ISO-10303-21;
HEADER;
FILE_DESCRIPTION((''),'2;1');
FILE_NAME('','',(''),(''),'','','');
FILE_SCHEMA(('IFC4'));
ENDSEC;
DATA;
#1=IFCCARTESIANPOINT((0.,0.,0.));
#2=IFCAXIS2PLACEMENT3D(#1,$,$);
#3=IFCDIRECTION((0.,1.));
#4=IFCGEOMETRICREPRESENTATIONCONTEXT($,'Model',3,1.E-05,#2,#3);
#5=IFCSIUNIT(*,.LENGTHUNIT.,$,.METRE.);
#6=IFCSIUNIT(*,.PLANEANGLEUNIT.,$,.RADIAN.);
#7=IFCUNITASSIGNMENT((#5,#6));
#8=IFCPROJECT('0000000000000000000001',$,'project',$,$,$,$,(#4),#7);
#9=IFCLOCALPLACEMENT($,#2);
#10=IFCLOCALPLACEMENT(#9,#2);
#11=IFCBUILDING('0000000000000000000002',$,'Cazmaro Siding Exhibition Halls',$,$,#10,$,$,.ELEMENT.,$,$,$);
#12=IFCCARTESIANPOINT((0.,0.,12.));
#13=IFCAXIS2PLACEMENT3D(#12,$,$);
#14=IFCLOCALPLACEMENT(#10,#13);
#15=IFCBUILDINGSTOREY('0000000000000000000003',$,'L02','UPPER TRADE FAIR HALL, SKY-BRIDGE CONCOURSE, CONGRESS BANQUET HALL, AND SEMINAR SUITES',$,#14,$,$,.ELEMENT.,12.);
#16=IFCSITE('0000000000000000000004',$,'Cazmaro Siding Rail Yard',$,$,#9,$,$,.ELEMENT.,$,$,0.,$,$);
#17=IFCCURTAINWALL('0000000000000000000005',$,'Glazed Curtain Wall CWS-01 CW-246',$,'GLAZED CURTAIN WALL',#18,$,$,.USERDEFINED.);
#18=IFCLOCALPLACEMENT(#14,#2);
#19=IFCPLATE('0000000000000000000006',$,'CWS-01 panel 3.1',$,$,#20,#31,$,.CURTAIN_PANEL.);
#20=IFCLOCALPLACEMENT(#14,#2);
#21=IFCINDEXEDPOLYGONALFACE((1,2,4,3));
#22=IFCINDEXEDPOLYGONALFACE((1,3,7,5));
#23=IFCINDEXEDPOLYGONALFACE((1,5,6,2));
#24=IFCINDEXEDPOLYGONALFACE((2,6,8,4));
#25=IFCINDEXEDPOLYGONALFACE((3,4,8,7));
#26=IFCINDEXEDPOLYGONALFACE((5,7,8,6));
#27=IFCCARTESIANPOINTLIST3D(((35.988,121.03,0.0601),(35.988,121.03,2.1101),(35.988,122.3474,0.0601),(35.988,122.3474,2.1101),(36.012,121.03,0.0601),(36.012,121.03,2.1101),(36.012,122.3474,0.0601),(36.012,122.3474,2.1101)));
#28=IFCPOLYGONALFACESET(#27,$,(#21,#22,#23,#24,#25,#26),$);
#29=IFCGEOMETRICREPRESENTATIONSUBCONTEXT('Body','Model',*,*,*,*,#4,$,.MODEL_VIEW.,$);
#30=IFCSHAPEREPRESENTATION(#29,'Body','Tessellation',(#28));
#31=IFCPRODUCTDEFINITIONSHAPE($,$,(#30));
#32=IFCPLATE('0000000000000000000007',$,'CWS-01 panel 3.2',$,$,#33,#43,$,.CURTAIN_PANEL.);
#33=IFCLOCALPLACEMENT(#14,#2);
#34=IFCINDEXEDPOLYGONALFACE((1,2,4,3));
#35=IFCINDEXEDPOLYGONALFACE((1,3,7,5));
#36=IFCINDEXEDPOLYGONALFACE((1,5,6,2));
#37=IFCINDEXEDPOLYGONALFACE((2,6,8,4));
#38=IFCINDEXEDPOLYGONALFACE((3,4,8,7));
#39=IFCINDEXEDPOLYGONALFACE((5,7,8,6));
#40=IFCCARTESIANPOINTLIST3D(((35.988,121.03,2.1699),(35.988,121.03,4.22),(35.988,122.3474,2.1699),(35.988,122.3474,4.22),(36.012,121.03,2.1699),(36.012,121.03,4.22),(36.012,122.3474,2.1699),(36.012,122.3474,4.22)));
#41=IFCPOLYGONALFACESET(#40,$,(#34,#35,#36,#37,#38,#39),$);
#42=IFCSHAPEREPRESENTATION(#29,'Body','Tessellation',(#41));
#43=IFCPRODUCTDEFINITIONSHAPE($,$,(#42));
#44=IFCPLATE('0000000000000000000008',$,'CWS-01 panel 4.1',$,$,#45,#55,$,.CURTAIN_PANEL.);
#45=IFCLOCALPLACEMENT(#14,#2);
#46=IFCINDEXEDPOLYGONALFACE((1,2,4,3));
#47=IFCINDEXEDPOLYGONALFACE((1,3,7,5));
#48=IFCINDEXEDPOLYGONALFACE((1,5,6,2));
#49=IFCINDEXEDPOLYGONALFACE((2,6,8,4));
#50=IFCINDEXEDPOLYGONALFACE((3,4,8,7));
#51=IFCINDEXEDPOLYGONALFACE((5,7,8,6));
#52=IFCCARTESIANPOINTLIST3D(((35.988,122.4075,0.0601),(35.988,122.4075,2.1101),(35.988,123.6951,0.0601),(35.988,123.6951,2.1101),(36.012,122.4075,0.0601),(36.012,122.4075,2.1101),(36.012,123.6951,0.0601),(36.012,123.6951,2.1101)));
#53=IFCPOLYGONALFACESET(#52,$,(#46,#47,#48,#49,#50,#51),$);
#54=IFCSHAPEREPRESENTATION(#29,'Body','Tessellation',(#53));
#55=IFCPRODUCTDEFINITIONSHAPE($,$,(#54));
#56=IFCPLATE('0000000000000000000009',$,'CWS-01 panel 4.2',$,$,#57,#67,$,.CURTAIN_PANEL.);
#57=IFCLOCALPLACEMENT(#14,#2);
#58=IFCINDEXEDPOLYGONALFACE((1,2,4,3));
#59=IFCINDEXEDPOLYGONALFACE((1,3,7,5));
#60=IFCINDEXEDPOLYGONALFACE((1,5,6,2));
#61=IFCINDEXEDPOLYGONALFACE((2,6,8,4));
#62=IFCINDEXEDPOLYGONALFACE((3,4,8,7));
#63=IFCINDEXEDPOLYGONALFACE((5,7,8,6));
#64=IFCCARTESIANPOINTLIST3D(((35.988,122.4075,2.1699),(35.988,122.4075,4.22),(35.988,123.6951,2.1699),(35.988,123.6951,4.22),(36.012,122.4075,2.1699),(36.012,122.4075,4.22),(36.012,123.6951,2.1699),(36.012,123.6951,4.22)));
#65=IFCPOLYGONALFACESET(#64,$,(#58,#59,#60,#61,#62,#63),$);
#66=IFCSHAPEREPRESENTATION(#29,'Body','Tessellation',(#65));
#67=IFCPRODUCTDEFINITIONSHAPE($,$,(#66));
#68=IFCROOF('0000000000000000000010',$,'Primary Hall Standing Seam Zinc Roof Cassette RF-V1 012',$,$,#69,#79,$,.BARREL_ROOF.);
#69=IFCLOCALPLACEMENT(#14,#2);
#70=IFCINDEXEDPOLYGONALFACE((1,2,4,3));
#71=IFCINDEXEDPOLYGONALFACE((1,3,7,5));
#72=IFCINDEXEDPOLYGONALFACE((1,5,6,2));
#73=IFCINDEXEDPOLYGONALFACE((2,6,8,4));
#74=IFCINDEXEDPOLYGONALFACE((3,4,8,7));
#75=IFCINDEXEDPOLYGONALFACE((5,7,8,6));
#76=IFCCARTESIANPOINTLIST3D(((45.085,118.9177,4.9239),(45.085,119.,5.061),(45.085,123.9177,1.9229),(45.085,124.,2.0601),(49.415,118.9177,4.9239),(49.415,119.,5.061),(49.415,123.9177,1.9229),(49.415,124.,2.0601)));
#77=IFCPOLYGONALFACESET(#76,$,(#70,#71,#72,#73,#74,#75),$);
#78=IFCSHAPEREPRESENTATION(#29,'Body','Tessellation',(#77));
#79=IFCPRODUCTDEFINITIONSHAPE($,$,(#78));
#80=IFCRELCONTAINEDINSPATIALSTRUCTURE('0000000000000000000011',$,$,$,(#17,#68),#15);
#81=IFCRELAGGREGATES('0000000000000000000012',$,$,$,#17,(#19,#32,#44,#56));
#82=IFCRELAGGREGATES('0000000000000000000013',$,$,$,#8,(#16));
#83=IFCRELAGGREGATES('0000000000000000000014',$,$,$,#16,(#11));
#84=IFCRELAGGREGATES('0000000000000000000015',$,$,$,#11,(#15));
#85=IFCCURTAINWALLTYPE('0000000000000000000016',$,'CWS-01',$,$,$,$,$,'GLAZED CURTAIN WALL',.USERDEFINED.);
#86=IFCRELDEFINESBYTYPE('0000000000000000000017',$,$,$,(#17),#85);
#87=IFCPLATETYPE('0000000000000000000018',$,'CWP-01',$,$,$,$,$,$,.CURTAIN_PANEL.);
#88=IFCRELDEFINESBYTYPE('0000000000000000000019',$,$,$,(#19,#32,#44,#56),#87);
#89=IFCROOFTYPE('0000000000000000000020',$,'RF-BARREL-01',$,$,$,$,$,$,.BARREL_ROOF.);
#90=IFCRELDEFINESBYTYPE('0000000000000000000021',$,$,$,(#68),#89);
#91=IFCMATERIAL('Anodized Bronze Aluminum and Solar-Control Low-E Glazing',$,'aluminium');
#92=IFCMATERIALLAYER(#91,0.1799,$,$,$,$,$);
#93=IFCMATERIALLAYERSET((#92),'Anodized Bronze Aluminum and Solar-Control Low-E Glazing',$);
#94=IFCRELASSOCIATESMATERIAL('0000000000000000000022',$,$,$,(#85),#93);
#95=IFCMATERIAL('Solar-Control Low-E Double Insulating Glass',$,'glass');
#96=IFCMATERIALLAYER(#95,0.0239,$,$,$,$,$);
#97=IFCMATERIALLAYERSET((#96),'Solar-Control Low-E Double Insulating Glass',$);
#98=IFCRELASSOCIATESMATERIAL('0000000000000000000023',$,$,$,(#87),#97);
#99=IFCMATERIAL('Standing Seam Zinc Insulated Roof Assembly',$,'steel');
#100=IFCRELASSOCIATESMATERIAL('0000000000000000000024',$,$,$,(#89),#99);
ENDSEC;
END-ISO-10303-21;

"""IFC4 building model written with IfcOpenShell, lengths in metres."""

from ifc_helpers import new_model, si_unit, direction, frame, origin, origin_2d, place, context, subcontext, project, spatial, polyline, rectangle, outline, extrude, material, layer, layer_set, type_object, element, aggregate, save


model = new_model("IFC4")

# Units and contexts
model_context = context("Model", 3, precision=1e-05, world=origin(), true_north=direction((0.0, 1.0)))
body_context = subcontext(model_context, "Body", "Model", "MODEL_VIEW")
ifc_project = project(units=[si_unit("LENGTHUNIT", "METRE"), si_unit("PLANEANGLEUNIT", "RADIAN")], contexts=[model_context])

# Site, building, storey
site_placement = place(None, origin())
site = spatial("IfcSite", under=ifc_project, at=site_placement, Name="Cazmaro Siding Rail Yard", CompositionType="ELEMENT", RefElevation=0.0)
building_placement = place(site_placement, origin())
building = spatial("IfcBuilding", under=site, at=building_placement, Name="Cazmaro Siding Exhibition Halls", CompositionType="ELEMENT")
storey_placement = place(building_placement, frame((0.0, 0.0, 12.0)))
storey = spatial("IfcBuildingStorey", under=building, at=storey_placement, Name="L02", Description="UPPER TRADE FAIR HALL, SKY-BRIDGE CONCOURSE, CONGRESS BANQUET HALL, AND SEMINAR SUITES", CompositionType="ELEMENT", Elevation=12.0)

# Curtain wall
ifc_material_1 = material(Name="Anodized Bronze Aluminum and Solar-Control Low-E Glazing", Category="aluminium")
ifc_layer_1 = layer(ifc_material_1, 0.1799)
ifc_layer_set_1 = layer_set([ifc_layer_1], Name="Anodized Bronze Aluminum and Solar-Control Low-E Glazing")
curtain_wall_type = type_object("IfcCurtainWallType", Name="CWS-01", ElementType="GLAZED CURTAIN WALL", PredefinedType="USERDEFINED", material=ifc_layer_set_1)
curtain_wall_placement = place(storey_placement, origin())
curtain_wall = element("IfcCurtainWall", 1, at=curtain_wall_placement, inside=storey, type_object=curtain_wall_type, Name="Glazed Curtain Wall CWS-01 CW-246", ObjectType="GLAZED CURTAIN WALL", PredefinedType="USERDEFINED")

# Plates
ifc_material_2 = material(Name="Solar-Control Low-E Double Insulating Glass", Category="glass")
ifc_layer_2 = layer(ifc_material_2, 0.0239)
ifc_layer_set_2 = layer_set([ifc_layer_2], Name="Solar-Control Low-E Double Insulating Glass")
plate_type_1 = type_object("IfcPlateType", Name="CWP-01", PredefinedType="CURTAIN_PANEL", material=ifc_layer_set_2)
plate_1_placement = place(storey_placement, frame((36.0, 121.6887, 0.0601), z_axis=(0.0, 0.0, 1.0), x_axis=(0.0, 1.0, 0.0)))
plate_1 = element("IfcPlate", 2, at=plate_1_placement, type_object=plate_type_1, Name="CWS-01 panel 3.1", PredefinedType="CURTAIN_PANEL", context=body_context, shape_type="SweptSolid", body=[
    extrude(rectangle(XDim=1.3174, YDim=0.0239, at=origin_2d()), origin(), (0.0, 0.0, 1.0), 2.05),
])
plate_2_placement = place(storey_placement, frame((36.0, 121.6887, 2.1699), z_axis=(0.0, 0.0, 1.0), x_axis=(0.0, 1.0, 0.0)))
plate_2 = element("IfcPlate", 3, at=plate_2_placement, type_object=plate_type_1, Name="CWS-01 panel 3.2", PredefinedType="CURTAIN_PANEL", context=body_context, shape_type="SweptSolid", body=[
    extrude(rectangle(XDim=1.3174, YDim=0.0239, at=origin_2d()), origin(), (0.0, 0.0, 1.0), 2.05),
])
plate_3_placement = place(storey_placement, frame((36.0, 123.0513, 0.0601), z_axis=(0.0, 0.0, 1.0), x_axis=(0.0, 1.0, 0.0)))
plate_3 = element("IfcPlate", 4, at=plate_3_placement, type_object=plate_type_1, Name="CWS-01 panel 4.1", PredefinedType="CURTAIN_PANEL", context=body_context, shape_type="SweptSolid", body=[
    extrude(rectangle(XDim=1.2876, YDim=0.0239, at=origin_2d()), origin(), (0.0, 0.0, 1.0), 2.05),
])
plate_4_placement = place(storey_placement, frame((36.0, 123.0513, 2.1699), z_axis=(0.0, 0.0, 1.0), x_axis=(0.0, 1.0, 0.0)))
plate_4 = element("IfcPlate", 5, at=plate_4_placement, type_object=plate_type_1, Name="CWS-01 panel 4.2", PredefinedType="CURTAIN_PANEL", context=body_context, shape_type="SweptSolid", body=[
    extrude(rectangle(XDim=1.2876, YDim=0.0239, at=origin_2d()), origin(), (0.0, 0.0, 1.0), 2.05),
])
aggregate(curtain_wall, [plate_1, plate_2, plate_3, plate_4])

# Roof
ifc_material_3 = material(Name="Standing Seam Zinc Insulated Roof Assembly", Category="steel")
roof_type = type_object("IfcRoofType", Name="RF-BARREL-01", PredefinedType="BARREL_ROOF", material=ifc_material_3)
roof_placement = place(storey_placement, frame((45.085, 119.0, 5.061), z_axis=(0.0, 0.514619, 0.857419), x_axis=(1.0, 0.0, 0.0)))
element("IfcRoof", 6, at=roof_placement, inside=storey, type_object=roof_type, Name="Primary Hall Standing Seam Zinc Roof Cassette RF-V1 012", PredefinedType="BARREL_ROOF", context=body_context, shape_type="SweptSolid", body=[
    extrude(outline(polyline([(0.0, 0.0), (4.3301, 0.0), (4.3301, 5.8315), (0.0, 5.8315), (0.0, 0.0)])), origin(), (0.0, 0.0, -1.0), 0.1599),
])

save(model, "model.ifc")
